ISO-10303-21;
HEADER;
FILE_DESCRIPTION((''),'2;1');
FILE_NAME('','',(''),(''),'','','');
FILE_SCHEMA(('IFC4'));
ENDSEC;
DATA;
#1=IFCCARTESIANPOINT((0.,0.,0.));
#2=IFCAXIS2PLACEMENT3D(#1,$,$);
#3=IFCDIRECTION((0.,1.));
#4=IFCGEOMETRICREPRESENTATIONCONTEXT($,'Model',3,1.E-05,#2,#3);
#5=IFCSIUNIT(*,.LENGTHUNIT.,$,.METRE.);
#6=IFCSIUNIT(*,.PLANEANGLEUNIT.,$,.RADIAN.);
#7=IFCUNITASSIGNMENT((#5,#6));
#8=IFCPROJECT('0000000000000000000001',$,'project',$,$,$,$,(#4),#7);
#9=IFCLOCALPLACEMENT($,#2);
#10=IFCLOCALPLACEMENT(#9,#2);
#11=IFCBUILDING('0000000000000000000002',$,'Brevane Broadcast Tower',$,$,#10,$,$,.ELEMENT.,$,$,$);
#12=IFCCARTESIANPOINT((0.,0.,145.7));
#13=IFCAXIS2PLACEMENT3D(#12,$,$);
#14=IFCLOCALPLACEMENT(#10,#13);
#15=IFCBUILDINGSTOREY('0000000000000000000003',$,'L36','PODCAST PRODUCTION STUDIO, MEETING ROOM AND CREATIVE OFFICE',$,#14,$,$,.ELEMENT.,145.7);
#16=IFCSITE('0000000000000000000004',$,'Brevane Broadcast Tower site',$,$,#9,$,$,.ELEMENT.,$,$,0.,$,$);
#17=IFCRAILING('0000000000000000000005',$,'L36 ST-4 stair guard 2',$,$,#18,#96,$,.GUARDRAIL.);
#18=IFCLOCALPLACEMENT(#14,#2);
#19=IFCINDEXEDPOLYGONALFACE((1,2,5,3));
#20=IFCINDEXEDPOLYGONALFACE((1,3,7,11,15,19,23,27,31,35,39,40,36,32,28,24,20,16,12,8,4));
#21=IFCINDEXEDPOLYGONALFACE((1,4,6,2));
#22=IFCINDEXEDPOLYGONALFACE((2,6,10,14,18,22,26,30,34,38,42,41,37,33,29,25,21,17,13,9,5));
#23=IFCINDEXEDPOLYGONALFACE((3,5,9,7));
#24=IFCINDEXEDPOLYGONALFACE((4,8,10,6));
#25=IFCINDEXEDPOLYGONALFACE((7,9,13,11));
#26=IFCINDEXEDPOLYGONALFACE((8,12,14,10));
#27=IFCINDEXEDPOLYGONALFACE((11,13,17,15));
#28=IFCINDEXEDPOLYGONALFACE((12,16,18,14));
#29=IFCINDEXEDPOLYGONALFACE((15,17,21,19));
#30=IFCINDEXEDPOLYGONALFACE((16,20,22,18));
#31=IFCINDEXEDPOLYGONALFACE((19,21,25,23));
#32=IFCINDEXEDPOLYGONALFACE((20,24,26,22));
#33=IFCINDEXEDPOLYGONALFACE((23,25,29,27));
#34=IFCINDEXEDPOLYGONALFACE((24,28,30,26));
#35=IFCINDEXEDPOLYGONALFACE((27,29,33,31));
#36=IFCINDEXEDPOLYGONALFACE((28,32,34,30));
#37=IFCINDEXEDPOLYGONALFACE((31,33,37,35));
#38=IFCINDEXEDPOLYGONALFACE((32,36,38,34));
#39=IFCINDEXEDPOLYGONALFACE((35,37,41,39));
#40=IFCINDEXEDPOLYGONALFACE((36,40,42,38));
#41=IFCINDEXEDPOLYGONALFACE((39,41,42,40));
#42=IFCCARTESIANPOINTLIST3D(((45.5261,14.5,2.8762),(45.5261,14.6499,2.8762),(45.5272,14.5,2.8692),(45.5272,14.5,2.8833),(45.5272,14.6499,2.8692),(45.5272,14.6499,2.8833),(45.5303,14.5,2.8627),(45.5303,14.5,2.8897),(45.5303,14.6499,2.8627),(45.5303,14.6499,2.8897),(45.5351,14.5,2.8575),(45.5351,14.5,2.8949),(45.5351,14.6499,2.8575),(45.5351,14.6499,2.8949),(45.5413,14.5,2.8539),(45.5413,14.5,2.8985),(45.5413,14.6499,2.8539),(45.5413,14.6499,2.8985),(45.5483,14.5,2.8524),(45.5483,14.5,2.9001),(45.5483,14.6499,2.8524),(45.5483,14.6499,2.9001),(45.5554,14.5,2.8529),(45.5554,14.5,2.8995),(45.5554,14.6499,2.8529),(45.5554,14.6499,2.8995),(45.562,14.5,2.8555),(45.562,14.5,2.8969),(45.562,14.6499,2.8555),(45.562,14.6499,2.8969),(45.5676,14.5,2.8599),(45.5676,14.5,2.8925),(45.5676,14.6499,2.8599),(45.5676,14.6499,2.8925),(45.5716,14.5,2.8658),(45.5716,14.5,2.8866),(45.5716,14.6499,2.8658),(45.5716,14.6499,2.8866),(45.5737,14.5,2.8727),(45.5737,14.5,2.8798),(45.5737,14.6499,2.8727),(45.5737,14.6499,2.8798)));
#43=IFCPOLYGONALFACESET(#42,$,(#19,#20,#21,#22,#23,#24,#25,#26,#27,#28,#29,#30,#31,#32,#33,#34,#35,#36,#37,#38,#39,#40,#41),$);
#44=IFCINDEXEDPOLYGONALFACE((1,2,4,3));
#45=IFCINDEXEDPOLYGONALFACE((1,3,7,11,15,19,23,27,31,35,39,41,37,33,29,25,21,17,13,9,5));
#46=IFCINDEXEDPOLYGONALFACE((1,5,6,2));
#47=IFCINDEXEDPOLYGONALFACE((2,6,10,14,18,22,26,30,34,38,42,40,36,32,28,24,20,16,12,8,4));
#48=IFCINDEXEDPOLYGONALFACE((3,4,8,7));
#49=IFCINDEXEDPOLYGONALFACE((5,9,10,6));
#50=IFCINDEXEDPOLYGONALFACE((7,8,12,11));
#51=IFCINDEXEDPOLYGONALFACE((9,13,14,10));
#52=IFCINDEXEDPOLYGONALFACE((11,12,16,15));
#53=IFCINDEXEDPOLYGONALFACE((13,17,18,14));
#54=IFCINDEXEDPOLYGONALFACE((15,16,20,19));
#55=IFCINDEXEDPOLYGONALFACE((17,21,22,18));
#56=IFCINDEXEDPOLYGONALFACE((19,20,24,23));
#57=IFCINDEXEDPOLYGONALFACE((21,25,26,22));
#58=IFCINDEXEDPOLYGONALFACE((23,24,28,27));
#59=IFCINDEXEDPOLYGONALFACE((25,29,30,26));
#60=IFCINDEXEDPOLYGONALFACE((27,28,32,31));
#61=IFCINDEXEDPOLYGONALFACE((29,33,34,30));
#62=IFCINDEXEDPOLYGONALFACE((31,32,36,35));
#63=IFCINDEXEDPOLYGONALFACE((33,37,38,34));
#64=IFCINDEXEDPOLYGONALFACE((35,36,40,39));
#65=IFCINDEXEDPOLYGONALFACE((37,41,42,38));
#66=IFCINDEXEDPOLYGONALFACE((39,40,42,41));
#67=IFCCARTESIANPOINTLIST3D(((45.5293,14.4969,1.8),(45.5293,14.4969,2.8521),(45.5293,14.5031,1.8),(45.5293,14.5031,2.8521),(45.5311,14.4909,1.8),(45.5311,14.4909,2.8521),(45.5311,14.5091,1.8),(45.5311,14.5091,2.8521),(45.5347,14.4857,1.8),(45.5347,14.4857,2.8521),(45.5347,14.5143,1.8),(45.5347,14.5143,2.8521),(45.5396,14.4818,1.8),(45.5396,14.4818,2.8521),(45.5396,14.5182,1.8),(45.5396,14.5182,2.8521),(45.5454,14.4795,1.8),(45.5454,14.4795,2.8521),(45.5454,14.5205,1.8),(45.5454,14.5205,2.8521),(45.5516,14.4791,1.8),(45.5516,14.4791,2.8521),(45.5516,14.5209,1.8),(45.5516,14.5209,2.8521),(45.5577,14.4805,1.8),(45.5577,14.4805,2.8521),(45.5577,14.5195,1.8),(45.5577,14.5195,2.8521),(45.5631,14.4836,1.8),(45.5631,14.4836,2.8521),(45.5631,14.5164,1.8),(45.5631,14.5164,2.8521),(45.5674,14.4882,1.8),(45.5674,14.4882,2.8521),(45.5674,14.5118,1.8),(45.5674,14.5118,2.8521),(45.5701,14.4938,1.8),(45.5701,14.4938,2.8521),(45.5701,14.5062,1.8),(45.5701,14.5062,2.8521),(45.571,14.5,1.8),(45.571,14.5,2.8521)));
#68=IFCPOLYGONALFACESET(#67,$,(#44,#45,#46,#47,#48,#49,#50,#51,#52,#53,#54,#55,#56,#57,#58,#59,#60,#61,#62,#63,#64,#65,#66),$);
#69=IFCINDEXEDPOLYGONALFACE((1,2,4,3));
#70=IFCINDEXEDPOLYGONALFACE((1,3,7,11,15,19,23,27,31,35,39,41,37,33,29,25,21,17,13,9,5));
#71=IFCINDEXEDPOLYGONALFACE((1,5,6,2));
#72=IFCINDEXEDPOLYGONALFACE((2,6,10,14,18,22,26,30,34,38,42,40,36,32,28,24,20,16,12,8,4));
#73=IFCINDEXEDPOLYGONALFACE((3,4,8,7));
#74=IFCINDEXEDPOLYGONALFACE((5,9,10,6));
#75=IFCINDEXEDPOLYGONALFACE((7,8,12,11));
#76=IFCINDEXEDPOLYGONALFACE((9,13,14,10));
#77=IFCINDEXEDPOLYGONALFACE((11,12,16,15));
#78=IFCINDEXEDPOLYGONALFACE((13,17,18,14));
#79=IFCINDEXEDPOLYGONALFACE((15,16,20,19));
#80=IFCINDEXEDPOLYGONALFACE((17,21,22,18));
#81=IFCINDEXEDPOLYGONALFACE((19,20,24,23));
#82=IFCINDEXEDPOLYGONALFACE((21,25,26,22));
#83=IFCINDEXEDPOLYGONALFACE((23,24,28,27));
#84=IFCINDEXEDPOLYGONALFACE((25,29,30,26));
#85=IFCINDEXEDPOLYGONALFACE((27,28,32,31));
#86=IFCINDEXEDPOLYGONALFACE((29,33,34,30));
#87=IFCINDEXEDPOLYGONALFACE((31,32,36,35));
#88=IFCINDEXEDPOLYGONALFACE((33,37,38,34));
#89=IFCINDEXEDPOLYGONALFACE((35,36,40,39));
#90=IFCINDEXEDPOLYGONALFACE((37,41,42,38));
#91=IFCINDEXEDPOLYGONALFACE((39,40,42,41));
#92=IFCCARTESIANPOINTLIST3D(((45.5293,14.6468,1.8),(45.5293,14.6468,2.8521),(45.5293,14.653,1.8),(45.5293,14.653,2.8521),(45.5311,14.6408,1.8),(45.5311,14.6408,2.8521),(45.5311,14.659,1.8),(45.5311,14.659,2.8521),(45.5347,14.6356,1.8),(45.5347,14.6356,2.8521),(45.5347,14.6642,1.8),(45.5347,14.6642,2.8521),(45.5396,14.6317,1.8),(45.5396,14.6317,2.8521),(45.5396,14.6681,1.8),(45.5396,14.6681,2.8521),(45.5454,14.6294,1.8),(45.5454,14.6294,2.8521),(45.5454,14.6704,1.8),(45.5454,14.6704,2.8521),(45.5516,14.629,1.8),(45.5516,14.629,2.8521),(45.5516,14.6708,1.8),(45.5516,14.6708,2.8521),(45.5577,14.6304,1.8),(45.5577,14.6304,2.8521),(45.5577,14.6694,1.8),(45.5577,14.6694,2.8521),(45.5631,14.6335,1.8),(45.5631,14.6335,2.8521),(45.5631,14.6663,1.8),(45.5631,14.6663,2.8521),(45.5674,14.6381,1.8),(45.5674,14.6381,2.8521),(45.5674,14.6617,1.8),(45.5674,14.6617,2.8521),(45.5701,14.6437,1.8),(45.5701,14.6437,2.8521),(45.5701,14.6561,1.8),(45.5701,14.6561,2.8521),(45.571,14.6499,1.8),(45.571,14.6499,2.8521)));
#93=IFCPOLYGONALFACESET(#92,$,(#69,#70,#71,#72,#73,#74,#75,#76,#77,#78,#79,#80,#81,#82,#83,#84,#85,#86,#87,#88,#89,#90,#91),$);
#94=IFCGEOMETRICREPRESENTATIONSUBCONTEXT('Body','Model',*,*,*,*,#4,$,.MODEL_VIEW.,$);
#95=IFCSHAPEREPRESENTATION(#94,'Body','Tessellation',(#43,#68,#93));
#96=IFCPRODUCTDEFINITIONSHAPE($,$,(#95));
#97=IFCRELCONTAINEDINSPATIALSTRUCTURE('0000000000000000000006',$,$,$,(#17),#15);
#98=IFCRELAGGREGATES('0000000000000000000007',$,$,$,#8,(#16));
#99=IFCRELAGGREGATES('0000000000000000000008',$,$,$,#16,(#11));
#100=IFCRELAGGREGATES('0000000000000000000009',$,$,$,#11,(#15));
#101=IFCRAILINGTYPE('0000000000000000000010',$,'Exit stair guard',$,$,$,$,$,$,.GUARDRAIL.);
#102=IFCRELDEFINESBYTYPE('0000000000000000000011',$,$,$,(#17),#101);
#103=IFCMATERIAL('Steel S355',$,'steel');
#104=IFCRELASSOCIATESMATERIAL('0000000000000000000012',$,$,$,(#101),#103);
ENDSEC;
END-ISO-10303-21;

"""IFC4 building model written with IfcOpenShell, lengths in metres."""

from ifc_helpers import new_model, si_unit, direction, frame, origin, origin_2d, place, context, subcontext, project, spatial, circle, extrude, material, type_object, element, save


model = new_model("IFC4")

# Units and contexts
model_context = context("Model", 3, precision=1e-05, world=origin(), true_north=direction((0.0, 1.0)))
body_context = subcontext(model_context, "Body", "Model", "MODEL_VIEW")
ifc_project = project(units=[si_unit("LENGTHUNIT", "METRE"), si_unit("PLANEANGLEUNIT", "RADIAN")], contexts=[model_context])

# Site, building, storey
site_placement = place(None, origin())
site = spatial("IfcSite", under=ifc_project, at=site_placement, Name="Brevane Broadcast Tower site", CompositionType="ELEMENT", RefElevation=0.0)
building_placement = place(site_placement, origin())
building = spatial("IfcBuilding", under=site, at=building_placement, Name="Brevane Broadcast Tower", CompositionType="ELEMENT")
storey_placement = place(building_placement, frame((0.0, 0.0, 145.7)))
storey = spatial("IfcBuildingStorey", under=building, at=storey_placement, Name="L36", Description="PODCAST PRODUCTION STUDIO, MEETING ROOM AND CREATIVE OFFICE", CompositionType="ELEMENT", Elevation=145.7)

# Railing
ifc_material_1 = material(Name="Steel S355", Category="steel")
railing_type_1 = type_object("IfcRailingType", Name="Exit stair guard", PredefinedType="GUARDRAIL", material=ifc_material_1)
railing_1_placement = place(storey_placement, frame((45.55, 14.5, 1.8)))
element("IfcRailing", 1, at=railing_1_placement, inside=storey, type_object=railing_type_1, Name="L36 ST-4 stair guard 2", PredefinedType="GUARDRAIL", context=body_context, shape_type="SweptSolid", body=[
    extrude(circle(Radius=0.0239, at=origin_2d()), frame((0.0, 0.0, 1.0762), z_axis=(0.0, 1.0, 0.0), x_axis=(-1.0, 0.0, 0.0)), (0.0, 0.0, 1.0), 0.1499),
    extrude(circle(Radius=0.021, at=origin_2d()), origin(), (0.0, 0.0, 1.0), 1.052),
    extrude(circle(Radius=0.021, at=origin_2d()), frame((0.0, 0.1499, 0.0)), (0.0, 0.0, 1.0), 1.052),
])

save(model, "model.ifc")
